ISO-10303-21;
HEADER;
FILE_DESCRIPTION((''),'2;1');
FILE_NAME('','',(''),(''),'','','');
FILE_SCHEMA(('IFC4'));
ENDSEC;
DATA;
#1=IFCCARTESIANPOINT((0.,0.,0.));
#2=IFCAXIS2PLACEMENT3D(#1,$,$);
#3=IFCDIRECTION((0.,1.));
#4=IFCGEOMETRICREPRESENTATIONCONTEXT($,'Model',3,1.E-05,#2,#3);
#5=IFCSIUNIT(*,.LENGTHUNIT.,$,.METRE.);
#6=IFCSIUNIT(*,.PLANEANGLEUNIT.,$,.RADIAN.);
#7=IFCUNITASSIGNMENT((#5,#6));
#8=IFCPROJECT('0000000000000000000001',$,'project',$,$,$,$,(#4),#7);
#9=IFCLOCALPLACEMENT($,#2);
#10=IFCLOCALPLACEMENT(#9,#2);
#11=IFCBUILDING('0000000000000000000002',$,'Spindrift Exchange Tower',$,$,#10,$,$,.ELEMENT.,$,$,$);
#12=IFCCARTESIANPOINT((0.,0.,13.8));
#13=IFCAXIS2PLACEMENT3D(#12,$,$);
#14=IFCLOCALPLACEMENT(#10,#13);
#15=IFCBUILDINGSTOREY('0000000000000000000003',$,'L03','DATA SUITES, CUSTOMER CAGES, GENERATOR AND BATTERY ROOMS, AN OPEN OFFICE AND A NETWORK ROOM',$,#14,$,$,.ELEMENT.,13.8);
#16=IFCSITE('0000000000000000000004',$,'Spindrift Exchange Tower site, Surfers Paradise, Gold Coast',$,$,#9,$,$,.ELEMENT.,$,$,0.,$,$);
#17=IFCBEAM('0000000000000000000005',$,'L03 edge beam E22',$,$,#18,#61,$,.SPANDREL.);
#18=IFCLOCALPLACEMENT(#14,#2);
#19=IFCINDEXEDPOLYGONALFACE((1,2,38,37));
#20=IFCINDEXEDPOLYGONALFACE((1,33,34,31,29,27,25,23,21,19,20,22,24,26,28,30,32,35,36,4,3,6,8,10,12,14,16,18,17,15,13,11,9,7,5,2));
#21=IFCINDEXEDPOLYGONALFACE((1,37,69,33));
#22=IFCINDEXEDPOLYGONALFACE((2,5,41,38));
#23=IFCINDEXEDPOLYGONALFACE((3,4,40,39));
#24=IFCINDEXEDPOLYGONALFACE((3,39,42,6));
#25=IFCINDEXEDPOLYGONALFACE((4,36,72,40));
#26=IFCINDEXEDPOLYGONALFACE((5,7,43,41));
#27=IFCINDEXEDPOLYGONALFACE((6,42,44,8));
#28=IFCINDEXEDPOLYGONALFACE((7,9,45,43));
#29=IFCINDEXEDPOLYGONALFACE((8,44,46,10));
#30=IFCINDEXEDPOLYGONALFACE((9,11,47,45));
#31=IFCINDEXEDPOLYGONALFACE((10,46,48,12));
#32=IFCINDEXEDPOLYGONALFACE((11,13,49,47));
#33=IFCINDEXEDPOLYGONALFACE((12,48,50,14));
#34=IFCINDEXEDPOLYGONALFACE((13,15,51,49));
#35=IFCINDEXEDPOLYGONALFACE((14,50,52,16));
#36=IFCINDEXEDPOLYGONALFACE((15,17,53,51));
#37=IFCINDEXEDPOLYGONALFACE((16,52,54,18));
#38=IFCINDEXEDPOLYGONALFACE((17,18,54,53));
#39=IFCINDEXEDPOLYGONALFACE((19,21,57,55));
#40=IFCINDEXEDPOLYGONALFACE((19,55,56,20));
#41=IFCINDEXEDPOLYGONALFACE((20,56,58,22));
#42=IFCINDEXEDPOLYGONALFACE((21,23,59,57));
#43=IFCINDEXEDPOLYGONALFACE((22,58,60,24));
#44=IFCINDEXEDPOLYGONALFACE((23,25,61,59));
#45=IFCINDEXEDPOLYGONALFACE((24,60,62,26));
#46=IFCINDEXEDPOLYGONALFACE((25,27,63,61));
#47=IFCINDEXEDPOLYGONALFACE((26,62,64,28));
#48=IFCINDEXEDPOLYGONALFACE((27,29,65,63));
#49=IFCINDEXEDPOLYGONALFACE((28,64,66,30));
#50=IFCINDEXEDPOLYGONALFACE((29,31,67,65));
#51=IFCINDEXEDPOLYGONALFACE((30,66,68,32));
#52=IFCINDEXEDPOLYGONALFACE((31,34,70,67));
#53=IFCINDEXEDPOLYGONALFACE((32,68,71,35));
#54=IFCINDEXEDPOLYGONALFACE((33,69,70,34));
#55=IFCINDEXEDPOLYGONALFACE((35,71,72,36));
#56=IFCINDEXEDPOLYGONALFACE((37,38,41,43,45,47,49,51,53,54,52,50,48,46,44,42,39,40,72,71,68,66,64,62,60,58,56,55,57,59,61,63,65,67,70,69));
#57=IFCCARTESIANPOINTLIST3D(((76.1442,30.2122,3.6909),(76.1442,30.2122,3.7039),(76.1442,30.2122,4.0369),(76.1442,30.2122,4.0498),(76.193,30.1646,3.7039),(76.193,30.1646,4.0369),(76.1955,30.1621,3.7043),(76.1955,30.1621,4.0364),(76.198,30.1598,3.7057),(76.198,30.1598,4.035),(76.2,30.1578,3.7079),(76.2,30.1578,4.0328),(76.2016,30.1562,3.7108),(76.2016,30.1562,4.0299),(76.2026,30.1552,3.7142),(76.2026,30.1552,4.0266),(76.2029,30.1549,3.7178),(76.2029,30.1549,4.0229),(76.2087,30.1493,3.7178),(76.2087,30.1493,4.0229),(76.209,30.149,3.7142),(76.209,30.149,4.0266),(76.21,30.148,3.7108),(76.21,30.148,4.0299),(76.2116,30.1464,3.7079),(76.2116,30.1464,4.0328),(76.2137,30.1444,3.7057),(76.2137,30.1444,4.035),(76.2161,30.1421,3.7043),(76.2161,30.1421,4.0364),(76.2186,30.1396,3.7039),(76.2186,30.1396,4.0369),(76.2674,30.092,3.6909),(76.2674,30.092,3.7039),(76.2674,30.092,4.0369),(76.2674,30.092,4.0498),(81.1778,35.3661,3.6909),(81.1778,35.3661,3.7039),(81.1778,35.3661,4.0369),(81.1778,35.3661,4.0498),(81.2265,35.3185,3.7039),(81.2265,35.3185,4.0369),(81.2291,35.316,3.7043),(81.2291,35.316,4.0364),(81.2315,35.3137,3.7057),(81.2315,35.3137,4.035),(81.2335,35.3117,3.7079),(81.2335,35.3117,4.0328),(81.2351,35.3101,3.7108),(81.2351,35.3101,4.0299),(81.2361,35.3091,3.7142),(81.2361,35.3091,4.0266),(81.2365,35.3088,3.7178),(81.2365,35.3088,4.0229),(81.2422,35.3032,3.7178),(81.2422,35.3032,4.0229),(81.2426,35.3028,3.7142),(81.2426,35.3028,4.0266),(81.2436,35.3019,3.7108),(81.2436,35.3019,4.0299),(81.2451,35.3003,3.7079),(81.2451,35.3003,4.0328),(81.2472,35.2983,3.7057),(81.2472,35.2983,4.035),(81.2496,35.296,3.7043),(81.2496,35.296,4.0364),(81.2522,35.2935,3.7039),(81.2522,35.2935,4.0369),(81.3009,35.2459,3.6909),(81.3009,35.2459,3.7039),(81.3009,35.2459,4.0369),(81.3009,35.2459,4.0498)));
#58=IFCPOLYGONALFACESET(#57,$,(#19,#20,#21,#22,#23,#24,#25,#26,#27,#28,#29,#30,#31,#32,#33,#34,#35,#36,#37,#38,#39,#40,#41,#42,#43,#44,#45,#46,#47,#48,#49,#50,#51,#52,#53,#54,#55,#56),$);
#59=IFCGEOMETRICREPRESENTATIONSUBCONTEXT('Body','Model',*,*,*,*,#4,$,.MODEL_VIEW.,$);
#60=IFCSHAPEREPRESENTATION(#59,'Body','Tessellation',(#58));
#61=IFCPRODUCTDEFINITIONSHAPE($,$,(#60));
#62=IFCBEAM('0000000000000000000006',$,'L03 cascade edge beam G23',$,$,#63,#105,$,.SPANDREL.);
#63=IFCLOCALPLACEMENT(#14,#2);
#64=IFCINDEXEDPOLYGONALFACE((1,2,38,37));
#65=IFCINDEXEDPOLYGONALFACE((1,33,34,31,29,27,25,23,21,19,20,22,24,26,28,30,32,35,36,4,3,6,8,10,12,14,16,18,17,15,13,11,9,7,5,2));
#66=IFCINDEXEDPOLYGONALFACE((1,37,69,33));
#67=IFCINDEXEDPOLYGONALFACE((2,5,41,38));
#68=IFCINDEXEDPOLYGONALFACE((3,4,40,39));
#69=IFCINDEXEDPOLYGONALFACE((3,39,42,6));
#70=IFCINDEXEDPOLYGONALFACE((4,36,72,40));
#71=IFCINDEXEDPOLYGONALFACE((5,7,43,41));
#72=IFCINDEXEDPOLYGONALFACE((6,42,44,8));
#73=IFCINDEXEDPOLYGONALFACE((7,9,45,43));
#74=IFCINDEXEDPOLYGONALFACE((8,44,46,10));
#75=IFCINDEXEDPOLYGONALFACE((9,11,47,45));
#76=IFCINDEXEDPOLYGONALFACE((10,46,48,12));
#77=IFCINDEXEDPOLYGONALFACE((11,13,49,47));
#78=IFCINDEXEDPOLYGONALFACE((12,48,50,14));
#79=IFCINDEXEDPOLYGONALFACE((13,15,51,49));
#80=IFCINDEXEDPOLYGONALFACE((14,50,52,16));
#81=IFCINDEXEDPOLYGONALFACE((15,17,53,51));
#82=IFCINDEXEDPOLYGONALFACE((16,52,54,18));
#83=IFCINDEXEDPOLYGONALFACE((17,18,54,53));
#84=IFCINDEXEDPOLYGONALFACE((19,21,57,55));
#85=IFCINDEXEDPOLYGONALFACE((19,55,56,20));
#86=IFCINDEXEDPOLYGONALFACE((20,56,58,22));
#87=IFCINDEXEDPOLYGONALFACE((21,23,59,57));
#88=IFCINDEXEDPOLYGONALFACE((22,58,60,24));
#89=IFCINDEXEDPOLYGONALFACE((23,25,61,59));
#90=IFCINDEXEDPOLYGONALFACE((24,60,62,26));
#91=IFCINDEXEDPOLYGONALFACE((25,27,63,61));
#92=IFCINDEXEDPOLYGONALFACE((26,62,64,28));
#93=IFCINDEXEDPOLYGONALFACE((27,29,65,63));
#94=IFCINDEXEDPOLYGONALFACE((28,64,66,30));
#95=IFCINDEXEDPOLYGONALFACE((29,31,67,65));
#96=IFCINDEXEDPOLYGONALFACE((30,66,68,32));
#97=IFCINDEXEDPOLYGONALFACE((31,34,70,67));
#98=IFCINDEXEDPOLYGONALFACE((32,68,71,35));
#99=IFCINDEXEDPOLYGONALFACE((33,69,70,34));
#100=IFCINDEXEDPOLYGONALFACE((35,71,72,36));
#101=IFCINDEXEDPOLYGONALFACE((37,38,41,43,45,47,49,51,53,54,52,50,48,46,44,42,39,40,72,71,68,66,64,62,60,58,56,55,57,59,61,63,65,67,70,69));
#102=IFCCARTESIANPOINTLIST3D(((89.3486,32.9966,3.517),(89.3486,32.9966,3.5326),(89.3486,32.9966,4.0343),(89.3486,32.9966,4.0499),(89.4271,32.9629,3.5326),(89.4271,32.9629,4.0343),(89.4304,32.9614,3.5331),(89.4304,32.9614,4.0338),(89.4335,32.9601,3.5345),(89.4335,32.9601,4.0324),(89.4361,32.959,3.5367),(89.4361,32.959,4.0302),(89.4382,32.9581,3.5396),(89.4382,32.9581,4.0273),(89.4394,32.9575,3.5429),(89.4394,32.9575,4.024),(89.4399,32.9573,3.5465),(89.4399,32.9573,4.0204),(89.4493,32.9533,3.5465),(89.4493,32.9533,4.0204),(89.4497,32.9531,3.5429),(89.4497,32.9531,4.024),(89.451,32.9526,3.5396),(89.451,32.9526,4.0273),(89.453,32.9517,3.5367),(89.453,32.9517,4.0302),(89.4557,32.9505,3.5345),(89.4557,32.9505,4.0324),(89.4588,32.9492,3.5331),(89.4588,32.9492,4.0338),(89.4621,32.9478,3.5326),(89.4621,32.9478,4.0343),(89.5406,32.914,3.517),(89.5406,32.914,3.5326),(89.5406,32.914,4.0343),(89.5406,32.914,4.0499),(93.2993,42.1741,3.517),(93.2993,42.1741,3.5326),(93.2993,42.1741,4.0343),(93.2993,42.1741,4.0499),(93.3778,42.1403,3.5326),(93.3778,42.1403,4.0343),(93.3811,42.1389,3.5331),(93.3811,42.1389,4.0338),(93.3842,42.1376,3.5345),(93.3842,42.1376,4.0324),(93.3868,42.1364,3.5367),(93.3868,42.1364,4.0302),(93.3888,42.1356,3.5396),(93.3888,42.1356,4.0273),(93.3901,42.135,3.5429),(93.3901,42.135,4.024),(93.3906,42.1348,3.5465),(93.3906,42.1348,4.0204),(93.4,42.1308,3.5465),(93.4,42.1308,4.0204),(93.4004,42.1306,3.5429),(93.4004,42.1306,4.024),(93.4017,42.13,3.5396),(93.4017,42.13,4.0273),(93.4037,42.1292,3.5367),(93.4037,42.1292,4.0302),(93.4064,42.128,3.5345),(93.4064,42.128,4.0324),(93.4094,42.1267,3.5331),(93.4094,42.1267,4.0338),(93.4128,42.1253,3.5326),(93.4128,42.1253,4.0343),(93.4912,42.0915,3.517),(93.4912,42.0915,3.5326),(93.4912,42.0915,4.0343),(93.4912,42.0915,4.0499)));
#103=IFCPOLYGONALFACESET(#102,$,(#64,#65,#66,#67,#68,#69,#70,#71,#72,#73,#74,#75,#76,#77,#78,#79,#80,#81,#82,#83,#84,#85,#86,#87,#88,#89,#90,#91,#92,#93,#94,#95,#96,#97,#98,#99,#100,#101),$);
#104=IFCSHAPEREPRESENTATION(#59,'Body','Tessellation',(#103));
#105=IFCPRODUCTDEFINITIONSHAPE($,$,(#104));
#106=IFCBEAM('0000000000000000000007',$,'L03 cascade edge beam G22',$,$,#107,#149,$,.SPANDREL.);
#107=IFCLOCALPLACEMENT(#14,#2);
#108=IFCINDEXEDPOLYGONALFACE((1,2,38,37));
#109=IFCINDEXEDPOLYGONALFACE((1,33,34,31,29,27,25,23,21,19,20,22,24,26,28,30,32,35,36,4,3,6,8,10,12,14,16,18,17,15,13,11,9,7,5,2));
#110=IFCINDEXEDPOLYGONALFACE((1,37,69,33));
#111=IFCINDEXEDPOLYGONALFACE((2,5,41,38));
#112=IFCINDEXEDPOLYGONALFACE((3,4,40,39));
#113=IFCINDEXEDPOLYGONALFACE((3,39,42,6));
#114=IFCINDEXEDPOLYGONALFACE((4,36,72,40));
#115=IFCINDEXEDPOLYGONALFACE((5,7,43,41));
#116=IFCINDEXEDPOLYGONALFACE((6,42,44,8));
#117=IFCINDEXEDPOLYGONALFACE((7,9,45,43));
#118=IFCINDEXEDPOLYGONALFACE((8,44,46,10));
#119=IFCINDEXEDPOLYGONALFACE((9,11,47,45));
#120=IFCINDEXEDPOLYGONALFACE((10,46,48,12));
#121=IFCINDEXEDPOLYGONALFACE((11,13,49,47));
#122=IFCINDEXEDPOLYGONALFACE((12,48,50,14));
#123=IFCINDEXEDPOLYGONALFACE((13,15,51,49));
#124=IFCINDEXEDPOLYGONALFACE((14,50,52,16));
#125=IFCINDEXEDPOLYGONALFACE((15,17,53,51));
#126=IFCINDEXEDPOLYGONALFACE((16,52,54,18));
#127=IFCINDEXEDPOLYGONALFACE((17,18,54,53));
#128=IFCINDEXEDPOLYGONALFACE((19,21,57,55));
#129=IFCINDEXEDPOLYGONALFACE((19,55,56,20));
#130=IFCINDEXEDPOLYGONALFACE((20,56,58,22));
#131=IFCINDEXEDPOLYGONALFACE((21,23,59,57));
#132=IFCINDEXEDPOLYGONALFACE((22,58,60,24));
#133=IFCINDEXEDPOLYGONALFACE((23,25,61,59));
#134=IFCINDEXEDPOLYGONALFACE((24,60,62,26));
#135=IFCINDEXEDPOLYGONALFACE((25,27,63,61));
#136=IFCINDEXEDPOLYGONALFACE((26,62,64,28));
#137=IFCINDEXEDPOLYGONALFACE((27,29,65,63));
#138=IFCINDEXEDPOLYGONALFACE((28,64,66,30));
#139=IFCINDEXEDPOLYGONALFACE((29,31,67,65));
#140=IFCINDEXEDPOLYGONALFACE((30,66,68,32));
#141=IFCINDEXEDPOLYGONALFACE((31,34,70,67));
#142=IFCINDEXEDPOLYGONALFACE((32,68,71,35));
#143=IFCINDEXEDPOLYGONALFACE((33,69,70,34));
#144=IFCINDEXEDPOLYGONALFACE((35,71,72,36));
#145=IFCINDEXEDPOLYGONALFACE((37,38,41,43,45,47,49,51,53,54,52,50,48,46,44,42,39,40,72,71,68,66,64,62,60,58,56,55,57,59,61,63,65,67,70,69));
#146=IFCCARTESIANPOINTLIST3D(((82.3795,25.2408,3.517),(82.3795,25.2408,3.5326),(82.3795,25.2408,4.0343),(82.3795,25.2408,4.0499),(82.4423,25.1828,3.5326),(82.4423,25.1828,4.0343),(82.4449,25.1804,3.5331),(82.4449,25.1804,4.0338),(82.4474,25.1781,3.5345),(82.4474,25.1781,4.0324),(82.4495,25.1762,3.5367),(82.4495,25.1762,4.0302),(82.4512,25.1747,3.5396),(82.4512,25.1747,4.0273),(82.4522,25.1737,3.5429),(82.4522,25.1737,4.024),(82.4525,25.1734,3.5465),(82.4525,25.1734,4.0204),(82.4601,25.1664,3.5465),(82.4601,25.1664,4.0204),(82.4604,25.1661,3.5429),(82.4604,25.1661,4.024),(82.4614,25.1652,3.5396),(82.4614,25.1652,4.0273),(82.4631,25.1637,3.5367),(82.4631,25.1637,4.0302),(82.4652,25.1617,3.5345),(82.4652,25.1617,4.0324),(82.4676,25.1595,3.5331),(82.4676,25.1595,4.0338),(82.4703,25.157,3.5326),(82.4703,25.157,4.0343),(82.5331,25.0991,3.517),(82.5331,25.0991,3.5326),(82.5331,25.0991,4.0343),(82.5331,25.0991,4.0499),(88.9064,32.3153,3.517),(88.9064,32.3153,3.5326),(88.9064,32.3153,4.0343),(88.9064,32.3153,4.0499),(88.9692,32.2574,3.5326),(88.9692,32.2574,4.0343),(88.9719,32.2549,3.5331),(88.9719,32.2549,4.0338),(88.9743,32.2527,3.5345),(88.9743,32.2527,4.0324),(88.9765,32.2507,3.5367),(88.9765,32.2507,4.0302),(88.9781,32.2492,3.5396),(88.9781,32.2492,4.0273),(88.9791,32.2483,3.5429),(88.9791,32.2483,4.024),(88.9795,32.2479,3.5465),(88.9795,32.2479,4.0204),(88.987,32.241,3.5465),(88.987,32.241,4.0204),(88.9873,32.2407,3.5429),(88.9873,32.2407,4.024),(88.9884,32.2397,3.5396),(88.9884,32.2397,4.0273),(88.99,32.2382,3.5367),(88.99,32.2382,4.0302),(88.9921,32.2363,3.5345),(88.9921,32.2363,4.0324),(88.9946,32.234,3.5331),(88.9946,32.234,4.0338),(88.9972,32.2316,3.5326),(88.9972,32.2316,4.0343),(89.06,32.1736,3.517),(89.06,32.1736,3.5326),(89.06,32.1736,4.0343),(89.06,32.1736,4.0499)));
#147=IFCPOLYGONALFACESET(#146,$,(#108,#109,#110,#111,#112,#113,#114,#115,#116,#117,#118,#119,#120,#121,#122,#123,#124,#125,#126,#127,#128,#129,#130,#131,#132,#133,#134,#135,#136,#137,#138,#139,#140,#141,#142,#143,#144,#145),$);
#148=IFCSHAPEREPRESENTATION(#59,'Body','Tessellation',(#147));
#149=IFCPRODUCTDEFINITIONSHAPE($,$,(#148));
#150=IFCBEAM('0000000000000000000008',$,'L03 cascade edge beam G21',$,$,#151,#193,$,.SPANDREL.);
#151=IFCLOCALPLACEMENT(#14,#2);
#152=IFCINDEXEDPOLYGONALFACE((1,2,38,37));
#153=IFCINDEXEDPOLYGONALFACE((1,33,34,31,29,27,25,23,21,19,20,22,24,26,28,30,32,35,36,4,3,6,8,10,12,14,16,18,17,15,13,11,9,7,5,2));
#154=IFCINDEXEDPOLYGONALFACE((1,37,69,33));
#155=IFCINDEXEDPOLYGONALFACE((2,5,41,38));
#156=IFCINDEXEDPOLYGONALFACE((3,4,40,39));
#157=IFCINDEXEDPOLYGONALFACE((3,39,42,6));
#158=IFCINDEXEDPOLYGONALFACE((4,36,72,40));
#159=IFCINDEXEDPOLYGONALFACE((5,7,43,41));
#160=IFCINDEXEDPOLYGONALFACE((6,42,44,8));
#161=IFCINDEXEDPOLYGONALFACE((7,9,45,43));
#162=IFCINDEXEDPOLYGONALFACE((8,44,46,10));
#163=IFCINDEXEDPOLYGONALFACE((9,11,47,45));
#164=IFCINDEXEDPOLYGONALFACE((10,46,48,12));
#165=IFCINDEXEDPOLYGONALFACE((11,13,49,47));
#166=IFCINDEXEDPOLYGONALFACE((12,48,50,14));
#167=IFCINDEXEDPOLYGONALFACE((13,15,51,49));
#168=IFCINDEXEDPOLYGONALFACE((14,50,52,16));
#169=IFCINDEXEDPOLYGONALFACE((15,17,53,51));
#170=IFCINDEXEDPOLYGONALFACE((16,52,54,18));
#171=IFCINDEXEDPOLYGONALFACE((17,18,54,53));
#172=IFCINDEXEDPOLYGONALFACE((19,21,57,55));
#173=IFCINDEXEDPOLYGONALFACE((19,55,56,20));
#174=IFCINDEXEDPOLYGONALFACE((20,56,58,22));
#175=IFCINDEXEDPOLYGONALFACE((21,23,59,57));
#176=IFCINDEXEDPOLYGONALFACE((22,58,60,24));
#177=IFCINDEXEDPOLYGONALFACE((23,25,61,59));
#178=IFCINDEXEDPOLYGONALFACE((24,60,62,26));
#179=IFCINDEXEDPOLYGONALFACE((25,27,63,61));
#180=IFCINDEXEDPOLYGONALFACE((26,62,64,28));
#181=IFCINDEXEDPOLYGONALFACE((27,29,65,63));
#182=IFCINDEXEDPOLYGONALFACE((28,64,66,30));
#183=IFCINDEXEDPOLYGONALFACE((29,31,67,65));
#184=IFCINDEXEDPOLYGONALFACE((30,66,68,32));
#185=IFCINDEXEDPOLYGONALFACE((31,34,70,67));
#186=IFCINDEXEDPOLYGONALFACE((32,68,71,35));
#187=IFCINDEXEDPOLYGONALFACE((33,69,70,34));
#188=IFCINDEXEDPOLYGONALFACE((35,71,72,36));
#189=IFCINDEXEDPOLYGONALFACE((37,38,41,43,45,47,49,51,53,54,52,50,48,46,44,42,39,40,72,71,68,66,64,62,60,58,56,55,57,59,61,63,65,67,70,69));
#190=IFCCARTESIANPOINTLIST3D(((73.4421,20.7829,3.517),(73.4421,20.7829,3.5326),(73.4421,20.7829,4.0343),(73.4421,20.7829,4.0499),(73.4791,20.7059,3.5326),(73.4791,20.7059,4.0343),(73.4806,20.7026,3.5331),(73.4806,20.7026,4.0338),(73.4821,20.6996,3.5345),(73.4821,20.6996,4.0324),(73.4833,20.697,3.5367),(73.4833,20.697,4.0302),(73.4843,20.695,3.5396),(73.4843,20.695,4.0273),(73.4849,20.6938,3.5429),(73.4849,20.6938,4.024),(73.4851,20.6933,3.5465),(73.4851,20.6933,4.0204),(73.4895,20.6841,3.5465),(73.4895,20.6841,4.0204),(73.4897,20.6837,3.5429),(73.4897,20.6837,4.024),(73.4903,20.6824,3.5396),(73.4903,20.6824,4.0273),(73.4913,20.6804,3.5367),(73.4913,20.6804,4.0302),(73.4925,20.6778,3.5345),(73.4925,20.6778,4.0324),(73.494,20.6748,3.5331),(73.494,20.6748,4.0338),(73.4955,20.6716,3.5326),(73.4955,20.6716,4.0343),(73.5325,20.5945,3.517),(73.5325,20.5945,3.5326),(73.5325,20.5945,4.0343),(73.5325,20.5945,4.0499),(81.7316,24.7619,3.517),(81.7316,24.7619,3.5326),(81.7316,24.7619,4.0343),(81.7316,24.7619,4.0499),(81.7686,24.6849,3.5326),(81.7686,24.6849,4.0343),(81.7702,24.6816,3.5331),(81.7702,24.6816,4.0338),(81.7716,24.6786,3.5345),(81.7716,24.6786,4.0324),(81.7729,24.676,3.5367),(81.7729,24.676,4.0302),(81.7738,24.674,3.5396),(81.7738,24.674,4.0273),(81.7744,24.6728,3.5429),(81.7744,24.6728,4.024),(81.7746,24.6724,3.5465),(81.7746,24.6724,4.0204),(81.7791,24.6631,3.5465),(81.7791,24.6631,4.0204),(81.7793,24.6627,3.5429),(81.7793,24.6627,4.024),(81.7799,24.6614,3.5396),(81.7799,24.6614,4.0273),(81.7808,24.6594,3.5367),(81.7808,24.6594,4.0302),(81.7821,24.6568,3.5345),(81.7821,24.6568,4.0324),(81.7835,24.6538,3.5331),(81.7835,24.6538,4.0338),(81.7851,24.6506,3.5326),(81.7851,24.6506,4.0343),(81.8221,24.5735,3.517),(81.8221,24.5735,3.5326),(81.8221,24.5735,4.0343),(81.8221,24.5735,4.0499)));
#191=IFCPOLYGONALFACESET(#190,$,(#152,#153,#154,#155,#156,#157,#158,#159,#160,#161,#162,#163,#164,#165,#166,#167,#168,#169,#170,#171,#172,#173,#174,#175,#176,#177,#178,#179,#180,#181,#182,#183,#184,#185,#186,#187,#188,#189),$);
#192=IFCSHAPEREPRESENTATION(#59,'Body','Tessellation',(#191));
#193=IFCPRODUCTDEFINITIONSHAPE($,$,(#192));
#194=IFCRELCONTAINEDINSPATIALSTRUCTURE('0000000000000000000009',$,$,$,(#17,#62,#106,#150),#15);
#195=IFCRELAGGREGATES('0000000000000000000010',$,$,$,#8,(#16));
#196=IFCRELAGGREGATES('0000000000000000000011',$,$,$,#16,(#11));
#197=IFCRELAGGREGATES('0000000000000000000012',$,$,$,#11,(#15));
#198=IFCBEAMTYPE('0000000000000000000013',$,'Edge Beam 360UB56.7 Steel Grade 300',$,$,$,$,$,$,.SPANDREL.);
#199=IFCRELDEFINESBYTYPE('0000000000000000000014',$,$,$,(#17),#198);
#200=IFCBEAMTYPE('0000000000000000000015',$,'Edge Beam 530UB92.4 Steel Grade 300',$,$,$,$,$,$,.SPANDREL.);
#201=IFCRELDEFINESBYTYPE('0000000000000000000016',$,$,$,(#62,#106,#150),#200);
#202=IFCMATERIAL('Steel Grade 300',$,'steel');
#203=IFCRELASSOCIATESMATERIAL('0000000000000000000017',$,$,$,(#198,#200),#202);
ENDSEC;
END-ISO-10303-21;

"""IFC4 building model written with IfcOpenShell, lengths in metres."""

from ifc_helpers import new_model, si_unit, direction, frame, origin, origin_2d, place, context, subcontext, project, spatial, i_section, extrude, source, transform, mapped, material, material_profile, profile_set, type_object, element, save


model = new_model("IFC4")

# Units and contexts
model_context = context("Model", 3, precision=1e-05, world=origin(), true_north=direction((0.0, 1.0)))
body_context = subcontext(model_context, "Body", "Model", "MODEL_VIEW")
ifc_project = project(units=[si_unit("LENGTHUNIT", "METRE"), si_unit("PLANEANGLEUNIT", "RADIAN")], contexts=[model_context])

# Site, building, storey
site_placement = place(None, origin())
site = spatial("IfcSite", under=ifc_project, at=site_placement, Name="Spindrift Exchange Tower site, Surfers Paradise, Gold Coast", CompositionType="ELEMENT", RefElevation=0.0)
building_placement = place(site_placement, origin())
building = spatial("IfcBuilding", under=site, at=building_placement, Name="Spindrift Exchange Tower", CompositionType="ELEMENT")
storey_placement = place(building_placement, frame((0.0, 0.0, 13.8)))
storey = spatial("IfcBuildingStorey", under=building, at=storey_placement, Name="L03", Description="DATA SUITES, CUSTOMER CAGES, GENERATOR AND BATTERY ROOMS, AN OPEN OFFICE AND A NETWORK ROOM", CompositionType="ELEMENT", Elevation=13.8)

# Beams
ifc_material_1 = material(Name="Steel Grade 300", Category="steel")
ifc_material_profile_1 = material_profile(ifc_material_1, i_section(OverallWidth=0.1721, OverallDepth=0.3589, WebThickness=0.0081, FlangeThickness=0.0129, FilletRadius=0.0139, at=origin_2d()), Name="360UB56.7")
ifc_profile_set_1 = profile_set([ifc_material_profile_1], Name="Steel Grade 300")
beam_type_1 = type_object("IfcBeamType", Name="Edge Beam 360UB56.7 Steel Grade 300", PredefinedType="SPANDREL", material=ifc_profile_set_1)
shared_shape_1 = source(origin(), body_context, "Body", "SweptSolid", [
    extrude(i_section(OverallWidth=0.1721, OverallDepth=0.3589, WebThickness=0.0081, FlangeThickness=0.0129, FilletRadius=0.0139, at=origin_2d()), origin(), (0.0, 0.0, 1.0), 7.2041),
])
beam_1_placement = place(storey_placement, frame((76.2058, 30.1521, 3.8704), z_axis=(0.698704, 0.715411, 0.0), x_axis=(-0.715411, 0.698704, 0.0)))
element("IfcBeam", 1, at=beam_1_placement, inside=storey, type_object=beam_type_1, Name="L03 edge beam E22", PredefinedType="SPANDREL", context=body_context, shape_type="MappedRepresentation", body=[
    mapped(shared_shape_1, transform((0.0, 0.0, 0.0), scale=1.0)),
])
ifc_material_profile_2 = material_profile(ifc_material_1, i_section(OverallWidth=0.209, OverallDepth=0.533, WebThickness=0.0103, FlangeThickness=0.0156, FilletRadius=0.0139, at=origin_2d()), Name="530UB92.4")
ifc_profile_set_2 = profile_set([ifc_material_profile_2], Name="Steel Grade 300")
beam_type_2 = type_object("IfcBeamType", Name="Edge Beam 530UB92.4 Steel Grade 300", PredefinedType="SPANDREL", material=ifc_profile_set_2)
shared_shape_2 = source(origin(), body_context, "Body", "SweptSolid", [
    extrude(i_section(OverallWidth=0.209, OverallDepth=0.533, WebThickness=0.0103, FlangeThickness=0.0156, FilletRadius=0.0139, at=origin_2d()), origin(), (0.0, 0.0, 1.0), 9.9917),
])
beam_2_placement = place(storey_placement, frame((89.4446, 32.9553, 3.7834), z_axis=(0.395396, 0.918511, 0.0), x_axis=(-0.918511, 0.395396, 0.0)))
element("IfcBeam", 2, at=beam_2_placement, inside=storey, type_object=beam_type_2, Name="L03 cascade edge beam G23", PredefinedType="SPANDREL", context=body_context, shape_type="MappedRepresentation", body=[
    mapped(shared_shape_2, transform((0.0, 0.0, 0.0), scale=1.0)),
])
shared_shape_3 = source(origin(), body_context, "Body", "SweptSolid", [
    extrude(i_section(OverallWidth=0.209, OverallDepth=0.533, WebThickness=0.0103, FlangeThickness=0.0156, FilletRadius=0.0139, at=origin_2d()), origin(), (0.0, 0.0, 1.0), 9.6255),
])
beam_3_placement = place(storey_placement, frame((82.4563, 25.1699, 3.7834), z_axis=(0.678088, 0.73498, 0.0), x_axis=(-0.73498, 0.678088, 0.0)))
element("IfcBeam", 3, at=beam_3_placement, inside=storey, type_object=beam_type_2, Name="L03 cascade edge beam G22", PredefinedType="SPANDREL", context=body_context, shape_type="MappedRepresentation", body=[
    mapped(shared_shape_3, transform((0.0, 0.0, 0.0), scale=1.0)),
])
shared_shape_4 = source(origin(), body_context, "Body", "SweptSolid", [
    extrude(i_section(OverallWidth=0.209, OverallDepth=0.533, WebThickness=0.0103, FlangeThickness=0.0156, FilletRadius=0.0139, at=origin_2d()), origin(), (0.0, 0.0, 1.0), 9.1951),
])
beam_4_placement = place(storey_placement, frame((73.4873, 20.6887, 3.7834), z_axis=(0.901522, 0.432733, 0.0), x_axis=(-0.432733, 0.901522, 0.0)))
element("IfcBeam", 4, at=beam_4_placement, inside=storey, type_object=beam_type_2, Name="L03 cascade edge beam G21", PredefinedType="SPANDREL", context=body_context, shape_type="MappedRepresentation", body=[
    mapped(shared_shape_4, transform((0.0, 0.0, 0.0), scale=1.0)),
])

save(model, "model.ifc")
